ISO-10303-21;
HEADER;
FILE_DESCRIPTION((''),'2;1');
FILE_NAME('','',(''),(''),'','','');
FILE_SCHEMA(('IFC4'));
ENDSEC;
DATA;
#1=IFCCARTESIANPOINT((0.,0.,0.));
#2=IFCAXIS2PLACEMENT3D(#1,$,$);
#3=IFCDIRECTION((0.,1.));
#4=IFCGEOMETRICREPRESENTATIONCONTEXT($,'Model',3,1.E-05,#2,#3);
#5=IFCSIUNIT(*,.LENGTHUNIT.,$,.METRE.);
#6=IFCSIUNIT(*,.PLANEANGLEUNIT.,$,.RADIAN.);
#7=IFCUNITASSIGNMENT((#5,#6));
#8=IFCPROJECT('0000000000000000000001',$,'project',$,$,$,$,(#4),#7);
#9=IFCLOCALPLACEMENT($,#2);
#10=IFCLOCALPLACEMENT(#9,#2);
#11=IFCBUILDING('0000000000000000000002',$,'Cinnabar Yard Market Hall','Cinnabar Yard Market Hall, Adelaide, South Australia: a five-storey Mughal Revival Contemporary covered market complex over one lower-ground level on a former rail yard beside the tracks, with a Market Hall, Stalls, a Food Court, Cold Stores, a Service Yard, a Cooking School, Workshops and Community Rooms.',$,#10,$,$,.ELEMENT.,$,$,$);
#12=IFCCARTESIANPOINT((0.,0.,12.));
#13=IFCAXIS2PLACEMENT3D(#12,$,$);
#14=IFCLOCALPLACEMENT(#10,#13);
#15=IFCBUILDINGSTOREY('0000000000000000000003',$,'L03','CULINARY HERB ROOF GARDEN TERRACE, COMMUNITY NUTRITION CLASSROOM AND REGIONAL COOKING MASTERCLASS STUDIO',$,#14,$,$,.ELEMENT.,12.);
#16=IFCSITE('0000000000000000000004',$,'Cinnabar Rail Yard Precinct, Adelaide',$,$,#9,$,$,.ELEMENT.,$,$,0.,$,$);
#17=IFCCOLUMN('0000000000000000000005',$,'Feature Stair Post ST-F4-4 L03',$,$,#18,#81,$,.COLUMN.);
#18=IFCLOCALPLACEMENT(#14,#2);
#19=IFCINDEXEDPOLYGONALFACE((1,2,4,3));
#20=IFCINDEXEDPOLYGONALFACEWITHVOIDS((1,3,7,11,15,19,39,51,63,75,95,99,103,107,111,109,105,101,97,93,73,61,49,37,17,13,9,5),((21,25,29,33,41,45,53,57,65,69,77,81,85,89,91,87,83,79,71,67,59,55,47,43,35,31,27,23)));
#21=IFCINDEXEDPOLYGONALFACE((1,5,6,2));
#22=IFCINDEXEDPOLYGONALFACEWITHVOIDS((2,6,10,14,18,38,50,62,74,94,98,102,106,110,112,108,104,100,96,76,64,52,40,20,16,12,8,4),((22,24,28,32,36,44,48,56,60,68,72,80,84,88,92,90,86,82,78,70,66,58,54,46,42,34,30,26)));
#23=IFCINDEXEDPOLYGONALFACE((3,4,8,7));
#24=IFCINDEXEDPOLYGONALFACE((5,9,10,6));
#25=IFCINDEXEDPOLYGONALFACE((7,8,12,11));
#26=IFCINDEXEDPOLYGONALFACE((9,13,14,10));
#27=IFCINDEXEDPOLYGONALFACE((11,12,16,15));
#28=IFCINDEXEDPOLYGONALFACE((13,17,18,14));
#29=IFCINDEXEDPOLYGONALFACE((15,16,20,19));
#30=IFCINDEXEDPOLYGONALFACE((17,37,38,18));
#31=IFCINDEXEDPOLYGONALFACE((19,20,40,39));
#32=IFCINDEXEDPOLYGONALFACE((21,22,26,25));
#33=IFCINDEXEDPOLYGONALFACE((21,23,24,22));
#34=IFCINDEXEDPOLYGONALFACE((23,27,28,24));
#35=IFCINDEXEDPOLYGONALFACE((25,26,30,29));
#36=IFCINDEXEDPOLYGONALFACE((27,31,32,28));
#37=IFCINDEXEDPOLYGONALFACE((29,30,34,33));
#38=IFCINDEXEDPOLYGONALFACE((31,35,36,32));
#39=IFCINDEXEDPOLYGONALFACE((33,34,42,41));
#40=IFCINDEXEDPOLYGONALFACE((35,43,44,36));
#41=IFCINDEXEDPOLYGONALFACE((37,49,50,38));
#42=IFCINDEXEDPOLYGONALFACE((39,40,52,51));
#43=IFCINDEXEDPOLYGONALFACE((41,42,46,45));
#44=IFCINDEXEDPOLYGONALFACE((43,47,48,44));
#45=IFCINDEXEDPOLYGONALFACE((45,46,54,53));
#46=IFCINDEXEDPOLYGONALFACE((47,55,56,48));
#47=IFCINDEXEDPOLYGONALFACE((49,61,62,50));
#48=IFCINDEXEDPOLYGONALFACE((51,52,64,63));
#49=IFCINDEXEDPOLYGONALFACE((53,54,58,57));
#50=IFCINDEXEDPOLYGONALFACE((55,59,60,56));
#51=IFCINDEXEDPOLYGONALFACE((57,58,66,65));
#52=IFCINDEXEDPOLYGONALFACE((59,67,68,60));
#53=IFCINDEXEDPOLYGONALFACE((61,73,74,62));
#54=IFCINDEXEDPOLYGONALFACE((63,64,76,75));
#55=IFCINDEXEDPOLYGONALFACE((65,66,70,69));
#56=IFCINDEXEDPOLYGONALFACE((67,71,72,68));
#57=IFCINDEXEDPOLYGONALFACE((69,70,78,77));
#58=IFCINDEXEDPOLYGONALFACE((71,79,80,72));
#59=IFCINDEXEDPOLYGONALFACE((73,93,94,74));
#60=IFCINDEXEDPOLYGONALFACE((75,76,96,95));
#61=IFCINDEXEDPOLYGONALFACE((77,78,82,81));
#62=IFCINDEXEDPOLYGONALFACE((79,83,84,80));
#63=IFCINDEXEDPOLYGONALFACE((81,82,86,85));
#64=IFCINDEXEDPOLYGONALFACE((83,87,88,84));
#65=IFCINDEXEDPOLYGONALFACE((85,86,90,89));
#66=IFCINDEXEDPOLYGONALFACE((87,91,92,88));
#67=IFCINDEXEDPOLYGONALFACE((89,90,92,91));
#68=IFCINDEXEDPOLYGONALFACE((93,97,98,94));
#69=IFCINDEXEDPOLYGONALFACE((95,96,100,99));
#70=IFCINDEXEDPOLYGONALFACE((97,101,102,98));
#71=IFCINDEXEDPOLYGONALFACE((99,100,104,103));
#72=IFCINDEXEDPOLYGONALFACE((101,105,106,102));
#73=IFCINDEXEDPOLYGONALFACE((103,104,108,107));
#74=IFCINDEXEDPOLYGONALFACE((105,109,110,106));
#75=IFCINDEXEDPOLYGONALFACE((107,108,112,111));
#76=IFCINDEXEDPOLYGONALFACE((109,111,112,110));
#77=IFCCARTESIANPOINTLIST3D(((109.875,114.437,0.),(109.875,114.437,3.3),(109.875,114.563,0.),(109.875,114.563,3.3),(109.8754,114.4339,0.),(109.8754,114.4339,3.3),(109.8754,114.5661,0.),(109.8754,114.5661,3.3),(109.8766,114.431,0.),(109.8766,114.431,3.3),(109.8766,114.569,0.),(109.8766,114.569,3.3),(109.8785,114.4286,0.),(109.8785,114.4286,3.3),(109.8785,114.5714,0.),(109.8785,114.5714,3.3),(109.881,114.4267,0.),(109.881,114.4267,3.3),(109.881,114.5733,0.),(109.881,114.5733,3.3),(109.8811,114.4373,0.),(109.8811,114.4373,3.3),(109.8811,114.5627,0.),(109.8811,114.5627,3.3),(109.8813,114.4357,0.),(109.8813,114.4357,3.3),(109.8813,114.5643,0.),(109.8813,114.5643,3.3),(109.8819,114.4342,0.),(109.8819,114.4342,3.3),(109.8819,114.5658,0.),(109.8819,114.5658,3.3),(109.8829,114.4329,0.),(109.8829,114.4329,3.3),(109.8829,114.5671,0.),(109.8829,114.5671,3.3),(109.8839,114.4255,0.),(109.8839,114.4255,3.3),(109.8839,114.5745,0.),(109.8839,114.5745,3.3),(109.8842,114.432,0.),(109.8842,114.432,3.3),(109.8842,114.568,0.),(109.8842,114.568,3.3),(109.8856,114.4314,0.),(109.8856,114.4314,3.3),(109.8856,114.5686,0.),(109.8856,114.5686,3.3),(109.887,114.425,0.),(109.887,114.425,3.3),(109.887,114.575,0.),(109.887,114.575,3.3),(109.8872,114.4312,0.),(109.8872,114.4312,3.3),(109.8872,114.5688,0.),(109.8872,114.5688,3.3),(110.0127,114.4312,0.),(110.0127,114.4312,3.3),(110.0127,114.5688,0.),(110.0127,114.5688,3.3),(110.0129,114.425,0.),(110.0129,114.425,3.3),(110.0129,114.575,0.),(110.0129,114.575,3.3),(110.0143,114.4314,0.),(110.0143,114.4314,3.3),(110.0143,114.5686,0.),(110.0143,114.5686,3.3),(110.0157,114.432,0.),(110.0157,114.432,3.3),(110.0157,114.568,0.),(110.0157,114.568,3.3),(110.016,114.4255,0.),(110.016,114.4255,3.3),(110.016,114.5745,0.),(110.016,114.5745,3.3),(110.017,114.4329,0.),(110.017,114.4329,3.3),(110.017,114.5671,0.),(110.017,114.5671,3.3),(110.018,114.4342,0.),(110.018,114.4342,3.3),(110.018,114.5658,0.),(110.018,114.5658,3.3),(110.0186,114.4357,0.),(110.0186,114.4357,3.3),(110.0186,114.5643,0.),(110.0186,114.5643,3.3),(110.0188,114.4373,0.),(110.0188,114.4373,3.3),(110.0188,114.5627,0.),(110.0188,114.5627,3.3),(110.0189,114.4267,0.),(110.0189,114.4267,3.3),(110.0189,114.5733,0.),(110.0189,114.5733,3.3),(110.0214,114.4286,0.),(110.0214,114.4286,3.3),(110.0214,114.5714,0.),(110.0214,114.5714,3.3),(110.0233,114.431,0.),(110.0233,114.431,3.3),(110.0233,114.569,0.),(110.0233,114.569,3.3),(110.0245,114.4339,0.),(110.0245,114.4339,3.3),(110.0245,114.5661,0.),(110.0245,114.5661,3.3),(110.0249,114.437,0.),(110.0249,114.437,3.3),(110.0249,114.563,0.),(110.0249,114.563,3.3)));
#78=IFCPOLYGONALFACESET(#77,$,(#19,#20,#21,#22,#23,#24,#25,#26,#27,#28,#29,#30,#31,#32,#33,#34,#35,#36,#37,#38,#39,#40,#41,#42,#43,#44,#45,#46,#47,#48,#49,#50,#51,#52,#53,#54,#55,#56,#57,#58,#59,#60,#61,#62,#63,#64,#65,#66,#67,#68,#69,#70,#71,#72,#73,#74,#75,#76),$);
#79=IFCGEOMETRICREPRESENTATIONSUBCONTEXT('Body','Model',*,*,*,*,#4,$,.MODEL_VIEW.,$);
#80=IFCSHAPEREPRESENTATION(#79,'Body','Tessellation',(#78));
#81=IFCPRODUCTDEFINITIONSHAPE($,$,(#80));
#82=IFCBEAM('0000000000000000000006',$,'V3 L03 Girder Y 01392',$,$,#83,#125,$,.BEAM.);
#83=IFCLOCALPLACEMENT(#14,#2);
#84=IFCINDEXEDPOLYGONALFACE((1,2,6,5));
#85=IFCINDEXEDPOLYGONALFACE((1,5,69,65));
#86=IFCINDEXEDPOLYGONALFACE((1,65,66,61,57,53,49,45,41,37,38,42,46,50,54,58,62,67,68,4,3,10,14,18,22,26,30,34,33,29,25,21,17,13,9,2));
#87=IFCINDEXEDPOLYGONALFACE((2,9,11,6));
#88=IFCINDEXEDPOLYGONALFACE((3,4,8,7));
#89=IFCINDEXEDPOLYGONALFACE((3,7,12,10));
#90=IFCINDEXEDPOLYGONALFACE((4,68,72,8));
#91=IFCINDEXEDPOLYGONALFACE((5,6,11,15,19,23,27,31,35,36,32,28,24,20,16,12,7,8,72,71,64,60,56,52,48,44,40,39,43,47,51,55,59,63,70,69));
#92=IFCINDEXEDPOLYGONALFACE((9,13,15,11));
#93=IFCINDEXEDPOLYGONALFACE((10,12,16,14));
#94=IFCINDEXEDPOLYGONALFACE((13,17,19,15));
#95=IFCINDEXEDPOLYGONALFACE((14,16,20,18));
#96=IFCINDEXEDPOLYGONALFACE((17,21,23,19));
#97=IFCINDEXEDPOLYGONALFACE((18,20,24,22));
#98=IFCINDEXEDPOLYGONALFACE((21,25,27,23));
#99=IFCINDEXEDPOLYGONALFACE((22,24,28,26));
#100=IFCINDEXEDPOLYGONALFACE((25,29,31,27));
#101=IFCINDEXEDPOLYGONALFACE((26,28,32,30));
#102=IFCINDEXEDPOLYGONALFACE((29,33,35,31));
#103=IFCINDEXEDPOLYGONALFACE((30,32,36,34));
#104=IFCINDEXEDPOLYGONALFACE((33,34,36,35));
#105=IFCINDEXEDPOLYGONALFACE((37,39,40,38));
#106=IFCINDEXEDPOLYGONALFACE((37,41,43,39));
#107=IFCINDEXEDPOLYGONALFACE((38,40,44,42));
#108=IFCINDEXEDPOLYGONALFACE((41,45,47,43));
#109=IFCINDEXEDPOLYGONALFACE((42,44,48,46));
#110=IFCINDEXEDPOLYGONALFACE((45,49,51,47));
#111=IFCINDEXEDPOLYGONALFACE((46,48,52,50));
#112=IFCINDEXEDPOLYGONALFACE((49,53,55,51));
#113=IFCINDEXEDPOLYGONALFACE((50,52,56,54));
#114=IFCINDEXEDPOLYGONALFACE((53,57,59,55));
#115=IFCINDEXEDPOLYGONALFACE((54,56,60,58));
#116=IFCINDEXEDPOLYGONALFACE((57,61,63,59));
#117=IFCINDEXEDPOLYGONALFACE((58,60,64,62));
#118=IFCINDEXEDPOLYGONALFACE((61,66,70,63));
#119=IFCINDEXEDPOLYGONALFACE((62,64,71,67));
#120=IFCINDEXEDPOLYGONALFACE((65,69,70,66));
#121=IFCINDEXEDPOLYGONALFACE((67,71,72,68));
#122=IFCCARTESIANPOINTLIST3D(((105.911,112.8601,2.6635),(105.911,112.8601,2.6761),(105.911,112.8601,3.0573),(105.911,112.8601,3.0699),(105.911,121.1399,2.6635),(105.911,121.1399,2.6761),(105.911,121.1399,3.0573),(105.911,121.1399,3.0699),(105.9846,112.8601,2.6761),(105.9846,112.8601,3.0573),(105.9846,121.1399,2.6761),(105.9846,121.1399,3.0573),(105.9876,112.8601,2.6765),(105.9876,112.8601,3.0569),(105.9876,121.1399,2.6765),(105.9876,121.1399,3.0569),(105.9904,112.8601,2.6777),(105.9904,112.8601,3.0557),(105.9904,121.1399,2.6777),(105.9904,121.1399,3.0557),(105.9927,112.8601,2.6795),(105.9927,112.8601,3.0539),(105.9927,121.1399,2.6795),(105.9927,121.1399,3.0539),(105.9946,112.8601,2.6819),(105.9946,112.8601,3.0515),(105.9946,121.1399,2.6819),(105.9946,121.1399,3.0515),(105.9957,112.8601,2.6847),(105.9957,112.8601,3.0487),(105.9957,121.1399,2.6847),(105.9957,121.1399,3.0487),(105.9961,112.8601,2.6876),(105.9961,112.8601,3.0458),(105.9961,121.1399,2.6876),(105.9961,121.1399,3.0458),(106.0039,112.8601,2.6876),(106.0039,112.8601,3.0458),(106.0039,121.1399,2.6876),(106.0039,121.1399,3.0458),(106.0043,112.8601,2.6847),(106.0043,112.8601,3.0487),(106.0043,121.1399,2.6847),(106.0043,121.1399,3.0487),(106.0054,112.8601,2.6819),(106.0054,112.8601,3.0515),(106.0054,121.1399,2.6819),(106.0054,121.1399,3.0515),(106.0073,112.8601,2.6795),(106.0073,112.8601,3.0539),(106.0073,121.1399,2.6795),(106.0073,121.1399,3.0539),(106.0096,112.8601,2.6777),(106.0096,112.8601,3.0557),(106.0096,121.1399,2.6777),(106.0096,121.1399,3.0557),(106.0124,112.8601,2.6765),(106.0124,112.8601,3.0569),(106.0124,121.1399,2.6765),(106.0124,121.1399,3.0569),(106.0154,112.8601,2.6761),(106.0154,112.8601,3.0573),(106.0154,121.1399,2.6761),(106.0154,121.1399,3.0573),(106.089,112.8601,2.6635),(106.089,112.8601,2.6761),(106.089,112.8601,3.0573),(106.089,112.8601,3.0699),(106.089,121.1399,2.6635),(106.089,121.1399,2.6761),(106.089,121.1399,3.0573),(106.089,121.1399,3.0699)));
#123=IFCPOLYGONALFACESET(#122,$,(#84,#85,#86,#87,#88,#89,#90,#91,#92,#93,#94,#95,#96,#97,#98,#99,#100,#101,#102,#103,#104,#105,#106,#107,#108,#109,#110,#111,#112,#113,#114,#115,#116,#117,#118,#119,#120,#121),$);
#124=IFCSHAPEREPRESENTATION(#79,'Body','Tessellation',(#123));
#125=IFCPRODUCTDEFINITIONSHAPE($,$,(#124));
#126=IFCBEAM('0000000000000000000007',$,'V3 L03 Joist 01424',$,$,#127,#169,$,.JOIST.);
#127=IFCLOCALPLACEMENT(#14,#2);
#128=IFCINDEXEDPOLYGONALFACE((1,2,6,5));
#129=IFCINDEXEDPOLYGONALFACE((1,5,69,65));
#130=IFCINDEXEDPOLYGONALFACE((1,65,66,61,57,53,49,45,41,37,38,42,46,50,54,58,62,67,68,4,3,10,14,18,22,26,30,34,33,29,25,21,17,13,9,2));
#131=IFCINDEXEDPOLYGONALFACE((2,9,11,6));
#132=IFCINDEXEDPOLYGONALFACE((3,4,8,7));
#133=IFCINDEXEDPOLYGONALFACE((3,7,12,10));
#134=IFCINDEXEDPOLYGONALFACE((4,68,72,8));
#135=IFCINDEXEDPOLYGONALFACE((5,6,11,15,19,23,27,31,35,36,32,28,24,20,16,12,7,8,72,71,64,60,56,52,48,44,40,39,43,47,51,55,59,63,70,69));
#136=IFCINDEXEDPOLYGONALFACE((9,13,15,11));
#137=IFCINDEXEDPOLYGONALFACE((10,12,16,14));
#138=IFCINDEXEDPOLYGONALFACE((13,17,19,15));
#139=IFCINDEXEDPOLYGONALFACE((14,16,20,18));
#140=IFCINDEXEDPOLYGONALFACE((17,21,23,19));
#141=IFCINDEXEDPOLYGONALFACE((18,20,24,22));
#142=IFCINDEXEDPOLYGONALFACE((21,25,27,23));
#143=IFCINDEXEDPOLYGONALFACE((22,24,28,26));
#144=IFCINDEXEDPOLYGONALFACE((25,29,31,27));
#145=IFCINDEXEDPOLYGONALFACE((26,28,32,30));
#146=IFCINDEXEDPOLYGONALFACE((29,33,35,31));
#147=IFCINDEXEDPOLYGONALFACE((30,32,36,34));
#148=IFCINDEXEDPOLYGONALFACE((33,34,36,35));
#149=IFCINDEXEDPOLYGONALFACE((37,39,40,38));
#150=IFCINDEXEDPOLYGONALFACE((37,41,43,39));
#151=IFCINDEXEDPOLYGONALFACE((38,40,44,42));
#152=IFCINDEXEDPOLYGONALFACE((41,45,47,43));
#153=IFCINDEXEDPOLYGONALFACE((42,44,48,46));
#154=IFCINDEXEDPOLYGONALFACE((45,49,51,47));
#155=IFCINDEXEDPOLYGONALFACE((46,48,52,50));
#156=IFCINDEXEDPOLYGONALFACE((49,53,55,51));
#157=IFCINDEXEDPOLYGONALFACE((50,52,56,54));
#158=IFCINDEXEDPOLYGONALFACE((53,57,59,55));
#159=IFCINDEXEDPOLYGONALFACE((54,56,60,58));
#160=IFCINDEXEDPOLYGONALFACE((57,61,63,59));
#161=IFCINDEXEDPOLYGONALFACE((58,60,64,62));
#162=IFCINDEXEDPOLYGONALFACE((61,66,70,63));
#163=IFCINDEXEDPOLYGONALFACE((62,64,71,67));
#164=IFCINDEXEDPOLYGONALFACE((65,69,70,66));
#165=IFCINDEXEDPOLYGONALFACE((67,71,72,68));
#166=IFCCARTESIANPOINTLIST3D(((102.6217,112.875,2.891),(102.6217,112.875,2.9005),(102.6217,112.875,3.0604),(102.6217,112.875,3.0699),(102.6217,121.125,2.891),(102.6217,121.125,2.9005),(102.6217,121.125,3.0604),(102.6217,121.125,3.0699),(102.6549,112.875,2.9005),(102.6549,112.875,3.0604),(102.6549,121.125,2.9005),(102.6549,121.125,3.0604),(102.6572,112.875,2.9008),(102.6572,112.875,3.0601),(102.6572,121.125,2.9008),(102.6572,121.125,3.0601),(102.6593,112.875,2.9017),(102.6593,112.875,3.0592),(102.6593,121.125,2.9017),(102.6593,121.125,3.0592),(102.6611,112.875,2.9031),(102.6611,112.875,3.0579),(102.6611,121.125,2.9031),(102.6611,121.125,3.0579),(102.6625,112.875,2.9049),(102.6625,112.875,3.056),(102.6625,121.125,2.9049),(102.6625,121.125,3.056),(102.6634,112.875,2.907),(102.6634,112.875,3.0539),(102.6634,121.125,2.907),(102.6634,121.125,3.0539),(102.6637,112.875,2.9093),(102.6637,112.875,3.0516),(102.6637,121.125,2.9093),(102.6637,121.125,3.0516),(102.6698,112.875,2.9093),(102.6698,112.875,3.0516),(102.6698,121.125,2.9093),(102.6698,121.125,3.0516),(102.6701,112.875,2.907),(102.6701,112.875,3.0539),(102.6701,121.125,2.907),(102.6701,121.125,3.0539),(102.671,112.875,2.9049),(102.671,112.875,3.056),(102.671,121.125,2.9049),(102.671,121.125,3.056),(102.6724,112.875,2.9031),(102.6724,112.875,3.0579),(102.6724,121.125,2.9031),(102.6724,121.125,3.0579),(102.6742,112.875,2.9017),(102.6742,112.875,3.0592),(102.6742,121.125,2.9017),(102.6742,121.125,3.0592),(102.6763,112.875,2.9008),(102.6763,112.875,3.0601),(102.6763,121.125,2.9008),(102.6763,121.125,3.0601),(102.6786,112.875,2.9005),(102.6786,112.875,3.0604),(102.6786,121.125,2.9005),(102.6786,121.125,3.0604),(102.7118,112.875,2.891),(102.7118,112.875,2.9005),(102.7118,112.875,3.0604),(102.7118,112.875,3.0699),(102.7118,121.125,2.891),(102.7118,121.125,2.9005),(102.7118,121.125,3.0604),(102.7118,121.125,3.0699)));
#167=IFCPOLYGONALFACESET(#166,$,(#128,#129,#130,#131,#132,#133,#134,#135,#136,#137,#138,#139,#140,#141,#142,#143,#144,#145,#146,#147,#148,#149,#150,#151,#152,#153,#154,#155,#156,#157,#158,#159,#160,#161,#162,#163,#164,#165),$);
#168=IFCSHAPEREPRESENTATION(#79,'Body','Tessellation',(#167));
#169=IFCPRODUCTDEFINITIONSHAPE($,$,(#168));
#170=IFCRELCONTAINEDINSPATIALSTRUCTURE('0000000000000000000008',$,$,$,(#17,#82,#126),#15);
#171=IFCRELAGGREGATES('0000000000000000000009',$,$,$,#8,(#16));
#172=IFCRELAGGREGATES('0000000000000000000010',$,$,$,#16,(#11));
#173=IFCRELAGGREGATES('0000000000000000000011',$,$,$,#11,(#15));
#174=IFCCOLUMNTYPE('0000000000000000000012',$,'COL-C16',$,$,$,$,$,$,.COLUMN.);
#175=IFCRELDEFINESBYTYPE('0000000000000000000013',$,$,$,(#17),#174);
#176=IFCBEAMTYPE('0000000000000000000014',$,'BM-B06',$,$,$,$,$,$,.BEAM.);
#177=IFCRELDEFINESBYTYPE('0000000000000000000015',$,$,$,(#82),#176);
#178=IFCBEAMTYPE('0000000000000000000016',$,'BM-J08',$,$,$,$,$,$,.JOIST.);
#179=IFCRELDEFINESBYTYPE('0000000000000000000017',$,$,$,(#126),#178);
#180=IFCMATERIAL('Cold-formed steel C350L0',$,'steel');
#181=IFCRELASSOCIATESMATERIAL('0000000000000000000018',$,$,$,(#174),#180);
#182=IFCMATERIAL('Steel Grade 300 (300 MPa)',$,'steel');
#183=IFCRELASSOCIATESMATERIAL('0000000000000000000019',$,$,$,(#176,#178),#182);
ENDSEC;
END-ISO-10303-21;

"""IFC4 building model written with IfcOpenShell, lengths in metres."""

from ifc_helpers import new_model, si_unit, direction, frame, origin, origin_2d_with_axis, place, context, subcontext, project, spatial, hollow_rectangle, i_section, extrude, material, material_profile, profile_set, type_object, element, save


model = new_model("IFC4")

# Units and contexts
model_context = context("Model", 3, precision=1e-05, world=origin(), true_north=direction((0.0, 1.0)))
body_context = subcontext(model_context, "Body", "Model", "MODEL_VIEW")
ifc_project = project(units=[si_unit("LENGTHUNIT", "METRE"), si_unit("PLANEANGLEUNIT", "RADIAN")], contexts=[model_context])

# Site, building, storey
site_placement = place(None, origin())
site = spatial("IfcSite", under=ifc_project, at=site_placement, Name="Cinnabar Rail Yard Precinct, Adelaide", CompositionType="ELEMENT", RefElevation=0.0)
building_placement = place(site_placement, origin())
building = spatial("IfcBuilding", under=site, at=building_placement, Name="Cinnabar Yard Market Hall", Description="Cinnabar Yard Market Hall, Adelaide, South Australia: a five-storey Mughal Revival Contemporary covered market complex over one lower-ground level on a former rail yard beside the tracks, with a Market Hall, Stalls, a Food Court, Cold Stores, a Service Yard, a Cooking School, Workshops and Community Rooms.", CompositionType="ELEMENT")
storey_placement = place(building_placement, frame((0.0, 0.0, 12.0)))
storey = spatial("IfcBuildingStorey", under=building, at=storey_placement, Name="L03", Description="CULINARY HERB ROOF GARDEN TERRACE, COMMUNITY NUTRITION CLASSROOM AND REGIONAL COOKING MASTERCLASS STUDIO", CompositionType="ELEMENT", Elevation=12.0)

# Column
ifc_material_1 = material(Name="Cold-formed steel C350L0", Category="steel")
ifc_material_profile_1 = material_profile(ifc_material_1, hollow_rectangle(XDim=0.1499, YDim=0.1499, WallThickness=0.0061, InnerFilletRadius=0.0061, OuterFilletRadius=0.012, at=origin_2d_with_axis()), Name="150x150x6.0SHS")
ifc_profile_set_1 = profile_set([ifc_material_profile_1], Name="Cold-formed steel C350L0")
column_type = type_object("IfcColumnType", Name="COL-C16", PredefinedType="COLUMN", material=ifc_profile_set_1)
for number, where, z_axis, x_axis, name in (
    (1, (109.95, 114.5, 0.0), (0.0, 0.0, 1.0), (1.0, 0.0, 0.0), "Feature Stair Post ST-F4-4 L03"),
):
    element("IfcColumn", number, at=place(storey_placement, frame(where, z_axis=z_axis, x_axis=x_axis)), inside=storey, type_object=column_type, Name=name, PredefinedType="COLUMN", context=body_context, shape_type="SweptSolid", body=[
        extrude(hollow_rectangle(XDim=0.1499, YDim=0.1499, WallThickness=0.0061, InnerFilletRadius=0.0061, OuterFilletRadius=0.012, at=origin_2d_with_axis()), origin(), (0.0, 0.0, 1.0), 3.3),
    ])

# Beams
ifc_material_2 = material(Name="Steel Grade 300 (300 MPa)", Category="steel")
ifc_material_profile_2 = material_profile(ifc_material_2, i_section(OverallWidth=0.178, OverallDepth=0.4065, WebThickness=0.0078, FlangeThickness=0.0127, FilletRadius=0.0115, at=origin_2d_with_axis()), Name="410UB59.7")
ifc_profile_set_2 = profile_set([ifc_material_profile_2], Name="Steel Grade 300 (300 MPa)")
beam_type_1 = type_object("IfcBeamType", Name="BM-B06", PredefinedType="BEAM", material=ifc_profile_set_2)
beam_1_placement = place(storey_placement, frame((106.0, 112.8601, 2.8667), z_axis=(0.0, 1.0, 0.0), x_axis=(-1.0, 0.0, 0.0)))
element("IfcBeam", 2, at=beam_1_placement, inside=storey, type_object=beam_type_1, Name="V3 L03 Girder Y 01392", PredefinedType="BEAM", context=body_context, shape_type="SweptSolid", body=[
    extrude(i_section(OverallWidth=0.178, OverallDepth=0.4065, WebThickness=0.0078, FlangeThickness=0.0127, FilletRadius=0.0115, at=origin_2d_with_axis()), origin(), (0.0, 0.0, 1.0), 8.2798),
])
ifc_material_profile_3 = material_profile(ifc_material_2, i_section(OverallWidth=0.0901, OverallDepth=0.179, WebThickness=0.0061, FlangeThickness=0.0095, FilletRadius=0.0088, at=origin_2d_with_axis()), Name="180UB22.2")
ifc_profile_set_3 = profile_set([ifc_material_profile_3], Name="Steel Grade 300 (300 MPa)")
beam_type_2 = type_object("IfcBeamType", Name="BM-J08", PredefinedType="JOIST", material=ifc_profile_set_3)
beam_2_placement = place(storey_placement, frame((102.6667, 112.875, 2.9805), z_axis=(0.0, 1.0, 0.0), x_axis=(-1.0, 0.0, 0.0)))
element("IfcBeam", 3, at=beam_2_placement, inside=storey, type_object=beam_type_2, Name="V3 L03 Joist 01424", PredefinedType="JOIST", context=body_context, shape_type="SweptSolid", body=[
    extrude(i_section(OverallWidth=0.0901, OverallDepth=0.179, WebThickness=0.0061, FlangeThickness=0.0095, FilletRadius=0.0088, at=origin_2d_with_axis()), origin(), (0.0, 0.0, 1.0), 8.25),
])

save(model, "model.ifc")
